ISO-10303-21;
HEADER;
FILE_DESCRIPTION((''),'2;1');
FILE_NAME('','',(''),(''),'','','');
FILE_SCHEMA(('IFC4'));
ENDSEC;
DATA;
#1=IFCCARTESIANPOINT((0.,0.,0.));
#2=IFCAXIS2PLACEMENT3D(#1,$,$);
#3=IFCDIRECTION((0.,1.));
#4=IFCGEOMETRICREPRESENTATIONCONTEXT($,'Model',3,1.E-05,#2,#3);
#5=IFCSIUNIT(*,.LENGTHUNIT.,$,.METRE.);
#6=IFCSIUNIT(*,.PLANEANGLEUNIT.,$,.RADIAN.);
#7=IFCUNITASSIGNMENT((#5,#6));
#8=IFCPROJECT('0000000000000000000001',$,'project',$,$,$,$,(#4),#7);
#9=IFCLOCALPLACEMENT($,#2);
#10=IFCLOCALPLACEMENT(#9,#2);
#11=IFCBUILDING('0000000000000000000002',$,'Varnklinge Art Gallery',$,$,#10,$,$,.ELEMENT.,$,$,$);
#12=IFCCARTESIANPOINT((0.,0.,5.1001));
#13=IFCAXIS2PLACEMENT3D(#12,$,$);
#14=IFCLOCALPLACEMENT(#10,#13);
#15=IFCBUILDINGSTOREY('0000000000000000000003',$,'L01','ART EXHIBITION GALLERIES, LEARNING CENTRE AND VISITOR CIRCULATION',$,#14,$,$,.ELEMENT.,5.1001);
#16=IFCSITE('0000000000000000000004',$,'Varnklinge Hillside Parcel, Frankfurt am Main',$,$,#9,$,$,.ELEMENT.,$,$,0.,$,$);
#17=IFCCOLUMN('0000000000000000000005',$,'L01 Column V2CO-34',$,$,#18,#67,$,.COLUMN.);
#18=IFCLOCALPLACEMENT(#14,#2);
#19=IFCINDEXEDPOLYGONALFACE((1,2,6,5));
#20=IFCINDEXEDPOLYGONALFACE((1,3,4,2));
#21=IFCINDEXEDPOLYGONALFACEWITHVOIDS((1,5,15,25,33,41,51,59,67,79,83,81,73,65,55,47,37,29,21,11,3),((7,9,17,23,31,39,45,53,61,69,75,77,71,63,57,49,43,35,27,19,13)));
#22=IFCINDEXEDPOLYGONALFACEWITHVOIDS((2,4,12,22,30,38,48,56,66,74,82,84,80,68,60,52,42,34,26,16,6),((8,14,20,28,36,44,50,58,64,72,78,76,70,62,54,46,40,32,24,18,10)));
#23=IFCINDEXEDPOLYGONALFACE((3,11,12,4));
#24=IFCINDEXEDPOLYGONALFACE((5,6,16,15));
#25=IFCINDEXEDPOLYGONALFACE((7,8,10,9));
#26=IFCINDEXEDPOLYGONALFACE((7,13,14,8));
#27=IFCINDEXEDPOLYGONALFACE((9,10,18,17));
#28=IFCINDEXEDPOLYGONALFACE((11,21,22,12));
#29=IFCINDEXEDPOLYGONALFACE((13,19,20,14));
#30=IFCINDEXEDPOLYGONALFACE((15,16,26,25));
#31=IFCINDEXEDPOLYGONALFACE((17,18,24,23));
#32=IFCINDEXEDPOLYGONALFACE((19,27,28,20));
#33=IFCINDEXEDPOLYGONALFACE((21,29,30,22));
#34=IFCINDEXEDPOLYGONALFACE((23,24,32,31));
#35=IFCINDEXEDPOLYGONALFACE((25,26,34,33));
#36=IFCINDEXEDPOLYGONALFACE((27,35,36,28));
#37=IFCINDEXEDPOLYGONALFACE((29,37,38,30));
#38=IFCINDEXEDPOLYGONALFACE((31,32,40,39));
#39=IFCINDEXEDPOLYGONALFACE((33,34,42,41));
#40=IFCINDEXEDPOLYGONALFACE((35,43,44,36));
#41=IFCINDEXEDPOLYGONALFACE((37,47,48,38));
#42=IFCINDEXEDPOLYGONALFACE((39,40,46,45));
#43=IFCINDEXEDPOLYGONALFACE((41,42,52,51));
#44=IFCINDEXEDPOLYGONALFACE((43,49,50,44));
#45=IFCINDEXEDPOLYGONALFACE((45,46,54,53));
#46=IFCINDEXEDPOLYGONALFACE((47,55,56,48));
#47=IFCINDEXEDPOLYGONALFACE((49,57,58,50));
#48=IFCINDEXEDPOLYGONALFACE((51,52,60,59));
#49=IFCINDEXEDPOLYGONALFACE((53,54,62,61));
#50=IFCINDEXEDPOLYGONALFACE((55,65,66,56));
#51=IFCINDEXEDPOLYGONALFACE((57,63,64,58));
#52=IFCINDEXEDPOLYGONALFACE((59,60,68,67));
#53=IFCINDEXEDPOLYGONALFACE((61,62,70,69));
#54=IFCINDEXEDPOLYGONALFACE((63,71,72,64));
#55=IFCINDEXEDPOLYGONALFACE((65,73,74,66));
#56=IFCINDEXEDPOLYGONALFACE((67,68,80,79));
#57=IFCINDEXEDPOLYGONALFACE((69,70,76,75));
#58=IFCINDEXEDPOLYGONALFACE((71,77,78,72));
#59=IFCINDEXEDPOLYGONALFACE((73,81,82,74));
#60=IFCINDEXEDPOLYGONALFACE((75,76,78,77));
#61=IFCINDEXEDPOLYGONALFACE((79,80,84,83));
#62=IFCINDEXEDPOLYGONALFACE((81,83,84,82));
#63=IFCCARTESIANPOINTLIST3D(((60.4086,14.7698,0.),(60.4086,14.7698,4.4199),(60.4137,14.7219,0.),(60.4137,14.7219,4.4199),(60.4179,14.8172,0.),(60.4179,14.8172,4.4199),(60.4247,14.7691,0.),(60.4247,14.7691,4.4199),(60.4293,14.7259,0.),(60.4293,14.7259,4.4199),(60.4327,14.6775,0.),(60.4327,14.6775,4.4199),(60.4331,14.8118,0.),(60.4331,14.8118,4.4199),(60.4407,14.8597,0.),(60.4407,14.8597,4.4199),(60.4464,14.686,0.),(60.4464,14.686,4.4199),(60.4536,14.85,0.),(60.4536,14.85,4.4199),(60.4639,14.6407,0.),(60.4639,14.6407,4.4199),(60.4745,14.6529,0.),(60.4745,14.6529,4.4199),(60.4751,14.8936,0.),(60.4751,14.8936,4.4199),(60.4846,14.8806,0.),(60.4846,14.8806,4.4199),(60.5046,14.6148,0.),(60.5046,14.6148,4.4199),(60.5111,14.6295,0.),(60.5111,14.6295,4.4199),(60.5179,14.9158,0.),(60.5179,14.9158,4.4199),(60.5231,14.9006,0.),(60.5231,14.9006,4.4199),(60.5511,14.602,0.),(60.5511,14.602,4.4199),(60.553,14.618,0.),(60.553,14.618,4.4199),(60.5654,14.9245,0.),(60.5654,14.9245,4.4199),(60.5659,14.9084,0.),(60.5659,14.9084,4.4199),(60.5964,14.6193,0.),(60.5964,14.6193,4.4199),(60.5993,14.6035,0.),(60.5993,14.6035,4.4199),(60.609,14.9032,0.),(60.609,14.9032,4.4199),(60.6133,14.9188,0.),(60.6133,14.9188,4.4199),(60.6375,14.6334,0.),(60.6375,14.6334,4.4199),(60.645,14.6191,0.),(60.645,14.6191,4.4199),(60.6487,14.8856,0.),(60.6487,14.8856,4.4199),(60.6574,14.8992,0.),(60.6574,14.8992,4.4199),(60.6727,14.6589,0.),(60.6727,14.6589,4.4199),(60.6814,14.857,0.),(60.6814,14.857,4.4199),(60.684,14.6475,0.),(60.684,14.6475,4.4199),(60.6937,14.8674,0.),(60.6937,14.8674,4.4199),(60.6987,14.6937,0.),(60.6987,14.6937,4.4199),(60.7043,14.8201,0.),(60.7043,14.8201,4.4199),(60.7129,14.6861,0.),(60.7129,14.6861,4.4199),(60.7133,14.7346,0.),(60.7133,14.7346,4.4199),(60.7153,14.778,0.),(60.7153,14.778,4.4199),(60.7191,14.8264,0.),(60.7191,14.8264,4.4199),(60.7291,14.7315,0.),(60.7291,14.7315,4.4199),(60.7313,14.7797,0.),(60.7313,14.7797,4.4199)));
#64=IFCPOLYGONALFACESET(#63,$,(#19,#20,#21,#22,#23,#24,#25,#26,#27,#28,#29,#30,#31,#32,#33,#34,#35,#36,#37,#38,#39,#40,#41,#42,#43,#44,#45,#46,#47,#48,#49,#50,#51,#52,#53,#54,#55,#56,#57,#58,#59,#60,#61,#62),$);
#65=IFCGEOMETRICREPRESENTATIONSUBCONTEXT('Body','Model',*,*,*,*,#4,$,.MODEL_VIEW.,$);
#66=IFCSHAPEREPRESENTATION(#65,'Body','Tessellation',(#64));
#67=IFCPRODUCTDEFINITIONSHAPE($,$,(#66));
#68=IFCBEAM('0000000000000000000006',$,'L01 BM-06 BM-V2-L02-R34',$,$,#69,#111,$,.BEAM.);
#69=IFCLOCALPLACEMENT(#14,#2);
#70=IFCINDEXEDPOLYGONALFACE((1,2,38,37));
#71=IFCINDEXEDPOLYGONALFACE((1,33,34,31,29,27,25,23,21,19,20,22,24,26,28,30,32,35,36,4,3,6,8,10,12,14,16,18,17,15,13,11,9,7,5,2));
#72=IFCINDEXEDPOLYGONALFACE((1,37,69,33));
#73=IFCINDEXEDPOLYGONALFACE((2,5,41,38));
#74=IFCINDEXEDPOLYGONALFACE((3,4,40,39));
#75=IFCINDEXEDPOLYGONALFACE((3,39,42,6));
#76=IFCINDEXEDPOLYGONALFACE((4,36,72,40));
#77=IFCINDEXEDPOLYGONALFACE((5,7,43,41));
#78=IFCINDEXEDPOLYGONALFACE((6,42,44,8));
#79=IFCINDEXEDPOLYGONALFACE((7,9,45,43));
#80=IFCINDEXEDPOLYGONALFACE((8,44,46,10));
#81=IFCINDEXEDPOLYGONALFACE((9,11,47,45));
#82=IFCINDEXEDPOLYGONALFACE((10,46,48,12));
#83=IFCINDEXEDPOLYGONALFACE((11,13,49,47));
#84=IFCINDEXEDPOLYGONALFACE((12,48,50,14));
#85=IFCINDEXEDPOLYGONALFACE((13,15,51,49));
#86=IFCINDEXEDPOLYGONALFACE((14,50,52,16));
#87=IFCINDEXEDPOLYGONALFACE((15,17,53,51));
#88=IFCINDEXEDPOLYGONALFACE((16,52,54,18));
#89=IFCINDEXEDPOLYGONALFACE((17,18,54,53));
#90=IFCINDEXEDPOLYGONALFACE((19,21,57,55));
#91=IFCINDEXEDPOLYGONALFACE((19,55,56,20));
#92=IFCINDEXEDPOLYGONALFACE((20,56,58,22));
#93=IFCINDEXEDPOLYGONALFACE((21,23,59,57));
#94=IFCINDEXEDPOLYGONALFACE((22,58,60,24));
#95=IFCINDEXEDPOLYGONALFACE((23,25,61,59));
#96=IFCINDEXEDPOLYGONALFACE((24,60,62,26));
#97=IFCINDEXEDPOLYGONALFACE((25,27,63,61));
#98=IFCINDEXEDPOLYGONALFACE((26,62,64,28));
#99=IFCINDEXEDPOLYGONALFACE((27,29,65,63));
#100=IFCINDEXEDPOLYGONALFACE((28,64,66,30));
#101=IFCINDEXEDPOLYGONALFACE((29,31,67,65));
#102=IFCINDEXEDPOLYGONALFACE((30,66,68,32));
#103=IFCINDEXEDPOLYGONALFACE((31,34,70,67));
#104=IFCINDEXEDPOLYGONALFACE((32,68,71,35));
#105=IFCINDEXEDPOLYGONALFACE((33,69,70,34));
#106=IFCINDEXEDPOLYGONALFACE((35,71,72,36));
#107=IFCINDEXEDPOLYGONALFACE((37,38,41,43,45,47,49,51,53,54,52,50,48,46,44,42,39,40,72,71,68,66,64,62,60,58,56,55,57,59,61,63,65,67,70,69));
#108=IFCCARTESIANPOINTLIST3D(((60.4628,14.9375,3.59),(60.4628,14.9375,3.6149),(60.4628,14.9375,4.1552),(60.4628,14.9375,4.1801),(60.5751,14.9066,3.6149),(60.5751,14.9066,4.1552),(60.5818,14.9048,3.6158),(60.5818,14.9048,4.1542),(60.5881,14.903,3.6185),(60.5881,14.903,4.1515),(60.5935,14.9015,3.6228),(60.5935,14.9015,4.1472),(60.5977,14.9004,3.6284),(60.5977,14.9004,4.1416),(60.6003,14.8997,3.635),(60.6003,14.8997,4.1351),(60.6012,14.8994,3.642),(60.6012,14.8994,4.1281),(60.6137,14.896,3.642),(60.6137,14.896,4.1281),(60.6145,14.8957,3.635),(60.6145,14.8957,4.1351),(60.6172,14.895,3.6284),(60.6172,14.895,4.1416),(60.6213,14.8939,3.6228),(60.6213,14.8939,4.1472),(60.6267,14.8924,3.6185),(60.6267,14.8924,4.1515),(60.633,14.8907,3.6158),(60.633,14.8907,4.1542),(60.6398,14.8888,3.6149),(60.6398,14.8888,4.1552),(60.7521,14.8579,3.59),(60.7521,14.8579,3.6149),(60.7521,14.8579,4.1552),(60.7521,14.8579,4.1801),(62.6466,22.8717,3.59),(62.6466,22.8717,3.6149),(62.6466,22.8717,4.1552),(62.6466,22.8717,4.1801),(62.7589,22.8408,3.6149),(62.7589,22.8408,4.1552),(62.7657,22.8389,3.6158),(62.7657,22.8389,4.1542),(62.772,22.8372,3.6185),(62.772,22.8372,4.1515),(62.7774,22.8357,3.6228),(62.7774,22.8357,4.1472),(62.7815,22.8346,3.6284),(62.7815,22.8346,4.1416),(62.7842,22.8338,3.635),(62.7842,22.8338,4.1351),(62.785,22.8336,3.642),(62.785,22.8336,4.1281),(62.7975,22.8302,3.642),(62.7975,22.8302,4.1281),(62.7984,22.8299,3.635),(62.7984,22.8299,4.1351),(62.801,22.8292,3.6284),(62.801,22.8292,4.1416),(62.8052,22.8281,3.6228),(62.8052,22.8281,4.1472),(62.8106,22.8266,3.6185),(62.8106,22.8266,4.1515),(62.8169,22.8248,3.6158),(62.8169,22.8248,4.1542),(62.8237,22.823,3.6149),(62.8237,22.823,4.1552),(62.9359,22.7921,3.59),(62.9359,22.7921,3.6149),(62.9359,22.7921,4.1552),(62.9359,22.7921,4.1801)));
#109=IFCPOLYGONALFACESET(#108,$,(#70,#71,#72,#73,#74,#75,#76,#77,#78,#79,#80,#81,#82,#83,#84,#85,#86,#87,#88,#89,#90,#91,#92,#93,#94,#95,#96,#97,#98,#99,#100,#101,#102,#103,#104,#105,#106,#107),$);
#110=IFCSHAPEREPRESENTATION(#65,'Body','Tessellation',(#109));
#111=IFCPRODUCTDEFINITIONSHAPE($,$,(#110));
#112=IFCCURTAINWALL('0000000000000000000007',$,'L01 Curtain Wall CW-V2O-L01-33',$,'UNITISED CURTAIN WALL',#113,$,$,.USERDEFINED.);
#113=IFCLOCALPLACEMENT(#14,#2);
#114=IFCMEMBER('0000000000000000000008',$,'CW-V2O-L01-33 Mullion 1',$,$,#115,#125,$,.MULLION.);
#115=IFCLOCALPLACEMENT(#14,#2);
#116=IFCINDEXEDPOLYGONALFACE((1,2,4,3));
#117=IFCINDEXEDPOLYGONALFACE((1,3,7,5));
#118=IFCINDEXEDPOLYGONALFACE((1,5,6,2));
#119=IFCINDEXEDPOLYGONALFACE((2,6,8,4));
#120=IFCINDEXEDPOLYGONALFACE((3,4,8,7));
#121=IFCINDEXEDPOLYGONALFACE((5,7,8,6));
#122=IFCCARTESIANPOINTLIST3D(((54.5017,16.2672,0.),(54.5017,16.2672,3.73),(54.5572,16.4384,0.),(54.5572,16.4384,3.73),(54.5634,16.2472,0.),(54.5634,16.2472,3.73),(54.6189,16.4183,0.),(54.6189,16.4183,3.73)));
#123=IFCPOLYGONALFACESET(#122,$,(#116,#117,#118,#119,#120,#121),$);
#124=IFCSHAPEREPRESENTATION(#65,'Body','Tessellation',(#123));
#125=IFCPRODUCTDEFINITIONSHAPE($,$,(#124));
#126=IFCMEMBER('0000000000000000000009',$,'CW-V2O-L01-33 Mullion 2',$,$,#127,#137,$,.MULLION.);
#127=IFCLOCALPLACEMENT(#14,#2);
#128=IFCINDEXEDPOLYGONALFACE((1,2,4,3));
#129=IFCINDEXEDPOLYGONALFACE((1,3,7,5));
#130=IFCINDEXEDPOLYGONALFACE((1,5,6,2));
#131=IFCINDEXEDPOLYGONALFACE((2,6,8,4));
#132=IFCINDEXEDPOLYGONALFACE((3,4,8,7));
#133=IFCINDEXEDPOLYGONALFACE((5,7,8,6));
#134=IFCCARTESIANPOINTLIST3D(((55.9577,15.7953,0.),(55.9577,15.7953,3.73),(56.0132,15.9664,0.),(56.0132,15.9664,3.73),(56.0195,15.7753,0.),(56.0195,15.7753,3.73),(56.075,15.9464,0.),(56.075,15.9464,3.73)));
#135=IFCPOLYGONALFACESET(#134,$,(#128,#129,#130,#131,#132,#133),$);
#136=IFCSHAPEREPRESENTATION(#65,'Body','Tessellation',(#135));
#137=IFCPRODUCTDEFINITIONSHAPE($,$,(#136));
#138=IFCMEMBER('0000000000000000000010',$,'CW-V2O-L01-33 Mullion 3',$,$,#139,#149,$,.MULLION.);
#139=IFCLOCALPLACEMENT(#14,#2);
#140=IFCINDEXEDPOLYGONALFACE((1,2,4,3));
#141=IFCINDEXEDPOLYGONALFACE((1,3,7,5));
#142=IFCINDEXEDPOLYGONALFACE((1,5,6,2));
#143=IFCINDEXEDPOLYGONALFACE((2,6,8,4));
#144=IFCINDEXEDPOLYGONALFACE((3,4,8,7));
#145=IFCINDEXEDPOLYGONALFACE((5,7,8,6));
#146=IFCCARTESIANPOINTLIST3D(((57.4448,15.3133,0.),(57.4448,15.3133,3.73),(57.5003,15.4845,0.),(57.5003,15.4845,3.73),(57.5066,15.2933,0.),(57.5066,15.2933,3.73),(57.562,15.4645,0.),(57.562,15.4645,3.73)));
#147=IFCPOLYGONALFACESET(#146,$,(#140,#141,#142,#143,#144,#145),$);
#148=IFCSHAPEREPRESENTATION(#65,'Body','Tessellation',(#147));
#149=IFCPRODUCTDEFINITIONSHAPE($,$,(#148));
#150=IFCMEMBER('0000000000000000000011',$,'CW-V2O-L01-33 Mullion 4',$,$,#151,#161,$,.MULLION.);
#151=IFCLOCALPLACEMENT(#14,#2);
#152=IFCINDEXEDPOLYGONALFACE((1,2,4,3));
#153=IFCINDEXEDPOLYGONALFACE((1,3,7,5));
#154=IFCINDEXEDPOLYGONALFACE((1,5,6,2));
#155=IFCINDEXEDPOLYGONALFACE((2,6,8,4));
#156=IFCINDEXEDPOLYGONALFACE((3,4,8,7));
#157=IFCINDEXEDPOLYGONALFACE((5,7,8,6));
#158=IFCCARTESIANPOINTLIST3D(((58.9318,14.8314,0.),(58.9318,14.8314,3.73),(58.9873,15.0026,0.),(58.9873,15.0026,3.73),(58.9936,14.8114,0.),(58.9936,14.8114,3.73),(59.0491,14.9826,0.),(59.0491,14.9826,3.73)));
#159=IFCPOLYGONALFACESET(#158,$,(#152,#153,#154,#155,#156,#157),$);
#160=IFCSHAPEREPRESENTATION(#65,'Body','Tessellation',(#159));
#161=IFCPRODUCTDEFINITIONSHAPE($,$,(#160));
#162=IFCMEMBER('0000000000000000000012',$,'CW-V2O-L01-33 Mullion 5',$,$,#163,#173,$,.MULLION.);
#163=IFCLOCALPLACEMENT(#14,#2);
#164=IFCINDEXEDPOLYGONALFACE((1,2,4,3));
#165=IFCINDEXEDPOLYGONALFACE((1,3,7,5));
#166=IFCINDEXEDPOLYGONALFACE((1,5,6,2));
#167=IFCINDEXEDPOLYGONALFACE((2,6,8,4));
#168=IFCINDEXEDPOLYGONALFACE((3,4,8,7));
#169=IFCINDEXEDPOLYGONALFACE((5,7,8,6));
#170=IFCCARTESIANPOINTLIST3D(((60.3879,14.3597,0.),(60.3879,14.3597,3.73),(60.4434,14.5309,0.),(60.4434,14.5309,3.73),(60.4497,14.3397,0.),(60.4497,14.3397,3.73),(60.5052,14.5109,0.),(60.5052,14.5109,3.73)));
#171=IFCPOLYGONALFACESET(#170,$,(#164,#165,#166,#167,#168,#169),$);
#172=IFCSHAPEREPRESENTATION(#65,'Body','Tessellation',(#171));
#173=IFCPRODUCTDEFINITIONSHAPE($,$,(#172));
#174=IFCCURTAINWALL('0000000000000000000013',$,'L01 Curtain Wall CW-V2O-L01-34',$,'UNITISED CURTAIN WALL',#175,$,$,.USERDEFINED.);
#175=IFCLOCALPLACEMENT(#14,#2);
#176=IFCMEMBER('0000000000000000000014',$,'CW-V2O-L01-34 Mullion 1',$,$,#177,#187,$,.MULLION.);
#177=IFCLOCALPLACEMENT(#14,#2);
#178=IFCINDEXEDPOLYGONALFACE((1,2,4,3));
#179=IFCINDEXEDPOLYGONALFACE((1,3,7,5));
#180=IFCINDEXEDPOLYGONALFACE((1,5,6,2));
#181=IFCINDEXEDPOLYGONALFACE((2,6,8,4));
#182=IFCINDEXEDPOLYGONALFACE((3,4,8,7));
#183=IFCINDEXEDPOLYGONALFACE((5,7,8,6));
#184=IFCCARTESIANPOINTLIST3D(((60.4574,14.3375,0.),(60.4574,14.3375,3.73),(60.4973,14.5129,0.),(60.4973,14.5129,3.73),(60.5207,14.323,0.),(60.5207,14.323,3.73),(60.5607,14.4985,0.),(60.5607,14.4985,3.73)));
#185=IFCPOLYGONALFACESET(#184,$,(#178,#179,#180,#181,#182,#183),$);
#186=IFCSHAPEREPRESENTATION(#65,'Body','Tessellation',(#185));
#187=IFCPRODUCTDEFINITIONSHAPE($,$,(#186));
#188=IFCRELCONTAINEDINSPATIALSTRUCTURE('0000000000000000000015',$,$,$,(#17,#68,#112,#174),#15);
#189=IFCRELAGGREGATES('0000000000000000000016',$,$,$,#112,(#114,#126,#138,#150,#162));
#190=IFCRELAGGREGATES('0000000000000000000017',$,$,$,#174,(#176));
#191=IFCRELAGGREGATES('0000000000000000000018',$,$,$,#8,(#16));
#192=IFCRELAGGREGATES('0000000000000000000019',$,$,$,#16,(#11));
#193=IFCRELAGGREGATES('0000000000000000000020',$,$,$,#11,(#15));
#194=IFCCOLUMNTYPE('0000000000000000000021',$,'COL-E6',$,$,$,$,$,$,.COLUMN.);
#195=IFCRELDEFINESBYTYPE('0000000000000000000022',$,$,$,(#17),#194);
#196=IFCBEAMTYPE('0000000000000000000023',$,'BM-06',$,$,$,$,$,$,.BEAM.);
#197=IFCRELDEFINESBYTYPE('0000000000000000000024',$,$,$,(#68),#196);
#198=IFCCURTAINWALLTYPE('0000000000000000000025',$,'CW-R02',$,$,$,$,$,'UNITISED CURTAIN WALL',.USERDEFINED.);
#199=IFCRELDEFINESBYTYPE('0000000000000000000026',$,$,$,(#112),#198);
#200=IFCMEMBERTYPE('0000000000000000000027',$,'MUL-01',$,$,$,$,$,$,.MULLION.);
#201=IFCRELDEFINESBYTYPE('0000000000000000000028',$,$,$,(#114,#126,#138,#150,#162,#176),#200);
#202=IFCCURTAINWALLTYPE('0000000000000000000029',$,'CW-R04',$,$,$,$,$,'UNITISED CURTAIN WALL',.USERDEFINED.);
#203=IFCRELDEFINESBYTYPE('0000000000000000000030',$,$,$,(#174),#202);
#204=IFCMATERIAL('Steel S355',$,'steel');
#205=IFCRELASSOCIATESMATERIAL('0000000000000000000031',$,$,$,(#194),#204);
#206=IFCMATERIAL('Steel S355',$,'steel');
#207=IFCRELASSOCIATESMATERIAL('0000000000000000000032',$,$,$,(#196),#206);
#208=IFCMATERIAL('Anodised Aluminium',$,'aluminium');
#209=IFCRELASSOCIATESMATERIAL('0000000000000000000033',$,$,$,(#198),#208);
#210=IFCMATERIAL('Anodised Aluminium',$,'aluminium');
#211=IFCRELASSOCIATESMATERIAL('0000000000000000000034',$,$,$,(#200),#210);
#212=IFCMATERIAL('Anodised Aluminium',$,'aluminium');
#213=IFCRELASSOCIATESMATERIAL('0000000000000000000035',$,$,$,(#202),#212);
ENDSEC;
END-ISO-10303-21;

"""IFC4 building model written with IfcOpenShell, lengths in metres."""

from ifc_helpers import new_model, si_unit, direction, frame, origin, origin_2d, place, context, subcontext, project, spatial, rectangle, hollow_circle, i_section, extrude, material, material_profile, profile_set, type_object, element, aggregate, save


model = new_model("IFC4")

# Units and contexts
model_context = context("Model", 3, precision=1e-05, world=origin(), true_north=direction((0.0, 1.0)))
body_context = subcontext(model_context, "Body", "Model", "MODEL_VIEW")
ifc_project = project(units=[si_unit("LENGTHUNIT", "METRE"), si_unit("PLANEANGLEUNIT", "RADIAN")], contexts=[model_context])

# Site, building, storey
site_placement = place(None, origin())
site = spatial("IfcSite", under=ifc_project, at=site_placement, Name="Varnklinge Hillside Parcel, Frankfurt am Main", CompositionType="ELEMENT", RefElevation=0.0)
building_placement = place(site_placement, origin())
building = spatial("IfcBuilding", under=site, at=building_placement, Name="Varnklinge Art Gallery", CompositionType="ELEMENT")
storey_placement = place(building_placement, frame((0.0, 0.0, 5.1001)))
storey = spatial("IfcBuildingStorey", under=building, at=storey_placement, Name="L01", Description="ART EXHIBITION GALLERIES, LEARNING CENTRE AND VISITOR CIRCULATION", CompositionType="ELEMENT", Elevation=5.1001)

# Column
ifc_material_1 = material(Name="Steel S355", Category="steel")
ifc_material_profile_1 = material_profile(ifc_material_1, hollow_circle(Radius=0.1619, WallThickness=0.0161, at=origin_2d()), Name="CHS 323.9x16")
ifc_profile_set_1 = profile_set([ifc_material_profile_1], Name="Steel S355")
column_type = type_object("IfcColumnType", Name="COL-E6", PredefinedType="COLUMN", material=ifc_profile_set_1)
column_placement = place(storey_placement, frame((60.5703, 14.7627, 0.0), z_axis=(0.0, 0.0, 1.0), x_axis=(0.265388, 0.964142, 0.0)))
element("IfcColumn", 1, at=column_placement, inside=storey, type_object=column_type, Name="L01 Column V2CO-34", PredefinedType="COLUMN", context=body_context, shape_type="SweptSolid", body=[
    extrude(hollow_circle(Radius=0.1619, WallThickness=0.0161, at=origin_2d()), origin(), (0.0, 0.0, 1.0), 4.4199),
])

# Beam
ifc_material_2 = material(Name="Steel S355", Category="steel")
ifc_material_profile_2 = material_profile(ifc_material_2, i_section(OverallWidth=0.3, OverallDepth=0.5901, WebThickness=0.0129, FlangeThickness=0.0249, FilletRadius=0.0271, at=origin_2d()), Name="HEA 600")
ifc_profile_set_2 = profile_set([ifc_material_profile_2], Name="Steel S355")
beam_type_1 = type_object("IfcBeamType", Name="BM-06", PredefinedType="BEAM", material=ifc_profile_set_2)
beam_1_placement = place(storey_placement, frame((60.6074, 14.8977, 3.885), z_axis=(0.265379, 0.964144, 0.0), x_axis=(-0.964144, 0.265379, 0.0)))
element("IfcBeam", 2, at=beam_1_placement, inside=storey, type_object=beam_type_1, Name="L01 BM-06 BM-V2-L02-R34", PredefinedType="BEAM", context=body_context, shape_type="SweptSolid", body=[
    extrude(i_section(OverallWidth=0.3, OverallDepth=0.5901, WebThickness=0.0129, FlangeThickness=0.0249, FilletRadius=0.0271, at=origin_2d()), origin(), (0.0, 0.0, 1.0), 8.2292),
])

# Curtain wall, members
ifc_material_3 = material(Name="Anodised Aluminium", Category="aluminium")
curtain_wall_type_1 = type_object("IfcCurtainWallType", Name="CW-R02", ElementType="UNITISED CURTAIN WALL", PredefinedType="USERDEFINED", material=ifc_material_3)
curtain_wall_1_placement = place(storey_placement, origin())
curtain_wall_1 = element("IfcCurtainWall", 3, at=curtain_wall_1_placement, inside=storey, type_object=curtain_wall_type_1, Name="L01 Curtain Wall CW-V2O-L01-33", ObjectType="UNITISED CURTAIN WALL", PredefinedType="USERDEFINED")
ifc_material_4 = material(Name="Anodised Aluminium", Category="aluminium")
ifc_material_profile_3 = material_profile(ifc_material_4, rectangle(XDim=0.0649, YDim=0.1799, at=origin_2d()), Name="ALU 65x180")
ifc_profile_set_3 = profile_set([ifc_material_profile_3], Name="Anodised Aluminium")
member_type_1 = type_object("IfcMemberType", Name="MUL-01", PredefinedType="MULLION", material=ifc_profile_set_3)
member_1_placement = place(storey_placement, frame((54.5603, 16.3428, 0.0), z_axis=(0.0, 0.0, 1.0), x_axis=(0.951272, -0.308353, 0.0)))
member_1 = element("IfcMember", 4, at=member_1_placement, type_object=member_type_1, Name="CW-V2O-L01-33 Mullion 1", PredefinedType="MULLION", context=body_context, shape_type="SweptSolid", body=[
    extrude(rectangle(XDim=0.0649, YDim=0.1799, at=origin_2d()), origin(), (0.0, 0.0, 1.0), 3.73),
])
member_2_placement = place(storey_placement, frame((56.0164, 15.8708, 0.0), z_axis=(0.0, 0.0, 1.0), x_axis=(0.951272, -0.308353, 0.0)))
member_2 = element("IfcMember", 5, at=member_2_placement, type_object=member_type_1, Name="CW-V2O-L01-33 Mullion 2", PredefinedType="MULLION", context=body_context, shape_type="SweptSolid", body=[
    extrude(rectangle(XDim=0.0649, YDim=0.1799, at=origin_2d()), origin(), (0.0, 0.0, 1.0), 3.73),
])
member_3_placement = place(storey_placement, frame((57.5034, 15.3889, 0.0), z_axis=(0.0, 0.0, 1.0), x_axis=(0.951272, -0.308353, 0.0)))
member_3 = element("IfcMember", 6, at=member_3_placement, type_object=member_type_1, Name="CW-V2O-L01-33 Mullion 3", PredefinedType="MULLION", context=body_context, shape_type="SweptSolid", body=[
    extrude(rectangle(XDim=0.0649, YDim=0.1799, at=origin_2d()), origin(), (0.0, 0.0, 1.0), 3.73),
])
member_4_placement = place(storey_placement, frame((58.9905, 14.907, 0.0), z_axis=(0.0, 0.0, 1.0), x_axis=(0.951272, -0.308353, 0.0)))
member_4 = element("IfcMember", 7, at=member_4_placement, type_object=member_type_1, Name="CW-V2O-L01-33 Mullion 4", PredefinedType="MULLION", context=body_context, shape_type="SweptSolid", body=[
    extrude(rectangle(XDim=0.0649, YDim=0.1799, at=origin_2d()), origin(), (0.0, 0.0, 1.0), 3.73),
])
member_5_placement = place(storey_placement, frame((60.4465, 14.4353, 0.0), z_axis=(0.0, 0.0, 1.0), x_axis=(0.951272, -0.308353, 0.0)))
member_5 = element("IfcMember", 8, at=member_5_placement, type_object=member_type_1, Name="CW-V2O-L01-33 Mullion 5", PredefinedType="MULLION", context=body_context, shape_type="SweptSolid", body=[
    extrude(rectangle(XDim=0.0649, YDim=0.1799, at=origin_2d()), origin(), (0.0, 0.0, 1.0), 3.73),
])

# Curtain wall, member
ifc_material_5 = material(Name="Anodised Aluminium", Category="aluminium")
curtain_wall_type_2 = type_object("IfcCurtainWallType", Name="CW-R04", ElementType="UNITISED CURTAIN WALL", PredefinedType="USERDEFINED", material=ifc_material_5)
curtain_wall_2_placement = place(storey_placement, origin())
curtain_wall_2 = element("IfcCurtainWall", 9, at=curtain_wall_2_placement, inside=storey, type_object=curtain_wall_type_2, Name="L01 Curtain Wall CW-V2O-L01-34", ObjectType="UNITISED CURTAIN WALL", PredefinedType="USERDEFINED")
member_6_placement = place(storey_placement, frame((60.509, 14.418, 0.0), z_axis=(0.0, 0.0, 1.0), x_axis=(0.975072, -0.221889, 0.0)))
member_6 = element("IfcMember", 10, at=member_6_placement, type_object=member_type_1, Name="CW-V2O-L01-34 Mullion 1", PredefinedType="MULLION", context=body_context, shape_type="SweptSolid", body=[
    extrude(rectangle(XDim=0.0649, YDim=0.1799, at=origin_2d()), origin(), (0.0, 0.0, 1.0), 3.73),
])

aggregate(curtain_wall_1, [member_1, member_2, member_3, member_4, member_5])
aggregate(curtain_wall_2, [member_6])

save(model, "model.ifc")
